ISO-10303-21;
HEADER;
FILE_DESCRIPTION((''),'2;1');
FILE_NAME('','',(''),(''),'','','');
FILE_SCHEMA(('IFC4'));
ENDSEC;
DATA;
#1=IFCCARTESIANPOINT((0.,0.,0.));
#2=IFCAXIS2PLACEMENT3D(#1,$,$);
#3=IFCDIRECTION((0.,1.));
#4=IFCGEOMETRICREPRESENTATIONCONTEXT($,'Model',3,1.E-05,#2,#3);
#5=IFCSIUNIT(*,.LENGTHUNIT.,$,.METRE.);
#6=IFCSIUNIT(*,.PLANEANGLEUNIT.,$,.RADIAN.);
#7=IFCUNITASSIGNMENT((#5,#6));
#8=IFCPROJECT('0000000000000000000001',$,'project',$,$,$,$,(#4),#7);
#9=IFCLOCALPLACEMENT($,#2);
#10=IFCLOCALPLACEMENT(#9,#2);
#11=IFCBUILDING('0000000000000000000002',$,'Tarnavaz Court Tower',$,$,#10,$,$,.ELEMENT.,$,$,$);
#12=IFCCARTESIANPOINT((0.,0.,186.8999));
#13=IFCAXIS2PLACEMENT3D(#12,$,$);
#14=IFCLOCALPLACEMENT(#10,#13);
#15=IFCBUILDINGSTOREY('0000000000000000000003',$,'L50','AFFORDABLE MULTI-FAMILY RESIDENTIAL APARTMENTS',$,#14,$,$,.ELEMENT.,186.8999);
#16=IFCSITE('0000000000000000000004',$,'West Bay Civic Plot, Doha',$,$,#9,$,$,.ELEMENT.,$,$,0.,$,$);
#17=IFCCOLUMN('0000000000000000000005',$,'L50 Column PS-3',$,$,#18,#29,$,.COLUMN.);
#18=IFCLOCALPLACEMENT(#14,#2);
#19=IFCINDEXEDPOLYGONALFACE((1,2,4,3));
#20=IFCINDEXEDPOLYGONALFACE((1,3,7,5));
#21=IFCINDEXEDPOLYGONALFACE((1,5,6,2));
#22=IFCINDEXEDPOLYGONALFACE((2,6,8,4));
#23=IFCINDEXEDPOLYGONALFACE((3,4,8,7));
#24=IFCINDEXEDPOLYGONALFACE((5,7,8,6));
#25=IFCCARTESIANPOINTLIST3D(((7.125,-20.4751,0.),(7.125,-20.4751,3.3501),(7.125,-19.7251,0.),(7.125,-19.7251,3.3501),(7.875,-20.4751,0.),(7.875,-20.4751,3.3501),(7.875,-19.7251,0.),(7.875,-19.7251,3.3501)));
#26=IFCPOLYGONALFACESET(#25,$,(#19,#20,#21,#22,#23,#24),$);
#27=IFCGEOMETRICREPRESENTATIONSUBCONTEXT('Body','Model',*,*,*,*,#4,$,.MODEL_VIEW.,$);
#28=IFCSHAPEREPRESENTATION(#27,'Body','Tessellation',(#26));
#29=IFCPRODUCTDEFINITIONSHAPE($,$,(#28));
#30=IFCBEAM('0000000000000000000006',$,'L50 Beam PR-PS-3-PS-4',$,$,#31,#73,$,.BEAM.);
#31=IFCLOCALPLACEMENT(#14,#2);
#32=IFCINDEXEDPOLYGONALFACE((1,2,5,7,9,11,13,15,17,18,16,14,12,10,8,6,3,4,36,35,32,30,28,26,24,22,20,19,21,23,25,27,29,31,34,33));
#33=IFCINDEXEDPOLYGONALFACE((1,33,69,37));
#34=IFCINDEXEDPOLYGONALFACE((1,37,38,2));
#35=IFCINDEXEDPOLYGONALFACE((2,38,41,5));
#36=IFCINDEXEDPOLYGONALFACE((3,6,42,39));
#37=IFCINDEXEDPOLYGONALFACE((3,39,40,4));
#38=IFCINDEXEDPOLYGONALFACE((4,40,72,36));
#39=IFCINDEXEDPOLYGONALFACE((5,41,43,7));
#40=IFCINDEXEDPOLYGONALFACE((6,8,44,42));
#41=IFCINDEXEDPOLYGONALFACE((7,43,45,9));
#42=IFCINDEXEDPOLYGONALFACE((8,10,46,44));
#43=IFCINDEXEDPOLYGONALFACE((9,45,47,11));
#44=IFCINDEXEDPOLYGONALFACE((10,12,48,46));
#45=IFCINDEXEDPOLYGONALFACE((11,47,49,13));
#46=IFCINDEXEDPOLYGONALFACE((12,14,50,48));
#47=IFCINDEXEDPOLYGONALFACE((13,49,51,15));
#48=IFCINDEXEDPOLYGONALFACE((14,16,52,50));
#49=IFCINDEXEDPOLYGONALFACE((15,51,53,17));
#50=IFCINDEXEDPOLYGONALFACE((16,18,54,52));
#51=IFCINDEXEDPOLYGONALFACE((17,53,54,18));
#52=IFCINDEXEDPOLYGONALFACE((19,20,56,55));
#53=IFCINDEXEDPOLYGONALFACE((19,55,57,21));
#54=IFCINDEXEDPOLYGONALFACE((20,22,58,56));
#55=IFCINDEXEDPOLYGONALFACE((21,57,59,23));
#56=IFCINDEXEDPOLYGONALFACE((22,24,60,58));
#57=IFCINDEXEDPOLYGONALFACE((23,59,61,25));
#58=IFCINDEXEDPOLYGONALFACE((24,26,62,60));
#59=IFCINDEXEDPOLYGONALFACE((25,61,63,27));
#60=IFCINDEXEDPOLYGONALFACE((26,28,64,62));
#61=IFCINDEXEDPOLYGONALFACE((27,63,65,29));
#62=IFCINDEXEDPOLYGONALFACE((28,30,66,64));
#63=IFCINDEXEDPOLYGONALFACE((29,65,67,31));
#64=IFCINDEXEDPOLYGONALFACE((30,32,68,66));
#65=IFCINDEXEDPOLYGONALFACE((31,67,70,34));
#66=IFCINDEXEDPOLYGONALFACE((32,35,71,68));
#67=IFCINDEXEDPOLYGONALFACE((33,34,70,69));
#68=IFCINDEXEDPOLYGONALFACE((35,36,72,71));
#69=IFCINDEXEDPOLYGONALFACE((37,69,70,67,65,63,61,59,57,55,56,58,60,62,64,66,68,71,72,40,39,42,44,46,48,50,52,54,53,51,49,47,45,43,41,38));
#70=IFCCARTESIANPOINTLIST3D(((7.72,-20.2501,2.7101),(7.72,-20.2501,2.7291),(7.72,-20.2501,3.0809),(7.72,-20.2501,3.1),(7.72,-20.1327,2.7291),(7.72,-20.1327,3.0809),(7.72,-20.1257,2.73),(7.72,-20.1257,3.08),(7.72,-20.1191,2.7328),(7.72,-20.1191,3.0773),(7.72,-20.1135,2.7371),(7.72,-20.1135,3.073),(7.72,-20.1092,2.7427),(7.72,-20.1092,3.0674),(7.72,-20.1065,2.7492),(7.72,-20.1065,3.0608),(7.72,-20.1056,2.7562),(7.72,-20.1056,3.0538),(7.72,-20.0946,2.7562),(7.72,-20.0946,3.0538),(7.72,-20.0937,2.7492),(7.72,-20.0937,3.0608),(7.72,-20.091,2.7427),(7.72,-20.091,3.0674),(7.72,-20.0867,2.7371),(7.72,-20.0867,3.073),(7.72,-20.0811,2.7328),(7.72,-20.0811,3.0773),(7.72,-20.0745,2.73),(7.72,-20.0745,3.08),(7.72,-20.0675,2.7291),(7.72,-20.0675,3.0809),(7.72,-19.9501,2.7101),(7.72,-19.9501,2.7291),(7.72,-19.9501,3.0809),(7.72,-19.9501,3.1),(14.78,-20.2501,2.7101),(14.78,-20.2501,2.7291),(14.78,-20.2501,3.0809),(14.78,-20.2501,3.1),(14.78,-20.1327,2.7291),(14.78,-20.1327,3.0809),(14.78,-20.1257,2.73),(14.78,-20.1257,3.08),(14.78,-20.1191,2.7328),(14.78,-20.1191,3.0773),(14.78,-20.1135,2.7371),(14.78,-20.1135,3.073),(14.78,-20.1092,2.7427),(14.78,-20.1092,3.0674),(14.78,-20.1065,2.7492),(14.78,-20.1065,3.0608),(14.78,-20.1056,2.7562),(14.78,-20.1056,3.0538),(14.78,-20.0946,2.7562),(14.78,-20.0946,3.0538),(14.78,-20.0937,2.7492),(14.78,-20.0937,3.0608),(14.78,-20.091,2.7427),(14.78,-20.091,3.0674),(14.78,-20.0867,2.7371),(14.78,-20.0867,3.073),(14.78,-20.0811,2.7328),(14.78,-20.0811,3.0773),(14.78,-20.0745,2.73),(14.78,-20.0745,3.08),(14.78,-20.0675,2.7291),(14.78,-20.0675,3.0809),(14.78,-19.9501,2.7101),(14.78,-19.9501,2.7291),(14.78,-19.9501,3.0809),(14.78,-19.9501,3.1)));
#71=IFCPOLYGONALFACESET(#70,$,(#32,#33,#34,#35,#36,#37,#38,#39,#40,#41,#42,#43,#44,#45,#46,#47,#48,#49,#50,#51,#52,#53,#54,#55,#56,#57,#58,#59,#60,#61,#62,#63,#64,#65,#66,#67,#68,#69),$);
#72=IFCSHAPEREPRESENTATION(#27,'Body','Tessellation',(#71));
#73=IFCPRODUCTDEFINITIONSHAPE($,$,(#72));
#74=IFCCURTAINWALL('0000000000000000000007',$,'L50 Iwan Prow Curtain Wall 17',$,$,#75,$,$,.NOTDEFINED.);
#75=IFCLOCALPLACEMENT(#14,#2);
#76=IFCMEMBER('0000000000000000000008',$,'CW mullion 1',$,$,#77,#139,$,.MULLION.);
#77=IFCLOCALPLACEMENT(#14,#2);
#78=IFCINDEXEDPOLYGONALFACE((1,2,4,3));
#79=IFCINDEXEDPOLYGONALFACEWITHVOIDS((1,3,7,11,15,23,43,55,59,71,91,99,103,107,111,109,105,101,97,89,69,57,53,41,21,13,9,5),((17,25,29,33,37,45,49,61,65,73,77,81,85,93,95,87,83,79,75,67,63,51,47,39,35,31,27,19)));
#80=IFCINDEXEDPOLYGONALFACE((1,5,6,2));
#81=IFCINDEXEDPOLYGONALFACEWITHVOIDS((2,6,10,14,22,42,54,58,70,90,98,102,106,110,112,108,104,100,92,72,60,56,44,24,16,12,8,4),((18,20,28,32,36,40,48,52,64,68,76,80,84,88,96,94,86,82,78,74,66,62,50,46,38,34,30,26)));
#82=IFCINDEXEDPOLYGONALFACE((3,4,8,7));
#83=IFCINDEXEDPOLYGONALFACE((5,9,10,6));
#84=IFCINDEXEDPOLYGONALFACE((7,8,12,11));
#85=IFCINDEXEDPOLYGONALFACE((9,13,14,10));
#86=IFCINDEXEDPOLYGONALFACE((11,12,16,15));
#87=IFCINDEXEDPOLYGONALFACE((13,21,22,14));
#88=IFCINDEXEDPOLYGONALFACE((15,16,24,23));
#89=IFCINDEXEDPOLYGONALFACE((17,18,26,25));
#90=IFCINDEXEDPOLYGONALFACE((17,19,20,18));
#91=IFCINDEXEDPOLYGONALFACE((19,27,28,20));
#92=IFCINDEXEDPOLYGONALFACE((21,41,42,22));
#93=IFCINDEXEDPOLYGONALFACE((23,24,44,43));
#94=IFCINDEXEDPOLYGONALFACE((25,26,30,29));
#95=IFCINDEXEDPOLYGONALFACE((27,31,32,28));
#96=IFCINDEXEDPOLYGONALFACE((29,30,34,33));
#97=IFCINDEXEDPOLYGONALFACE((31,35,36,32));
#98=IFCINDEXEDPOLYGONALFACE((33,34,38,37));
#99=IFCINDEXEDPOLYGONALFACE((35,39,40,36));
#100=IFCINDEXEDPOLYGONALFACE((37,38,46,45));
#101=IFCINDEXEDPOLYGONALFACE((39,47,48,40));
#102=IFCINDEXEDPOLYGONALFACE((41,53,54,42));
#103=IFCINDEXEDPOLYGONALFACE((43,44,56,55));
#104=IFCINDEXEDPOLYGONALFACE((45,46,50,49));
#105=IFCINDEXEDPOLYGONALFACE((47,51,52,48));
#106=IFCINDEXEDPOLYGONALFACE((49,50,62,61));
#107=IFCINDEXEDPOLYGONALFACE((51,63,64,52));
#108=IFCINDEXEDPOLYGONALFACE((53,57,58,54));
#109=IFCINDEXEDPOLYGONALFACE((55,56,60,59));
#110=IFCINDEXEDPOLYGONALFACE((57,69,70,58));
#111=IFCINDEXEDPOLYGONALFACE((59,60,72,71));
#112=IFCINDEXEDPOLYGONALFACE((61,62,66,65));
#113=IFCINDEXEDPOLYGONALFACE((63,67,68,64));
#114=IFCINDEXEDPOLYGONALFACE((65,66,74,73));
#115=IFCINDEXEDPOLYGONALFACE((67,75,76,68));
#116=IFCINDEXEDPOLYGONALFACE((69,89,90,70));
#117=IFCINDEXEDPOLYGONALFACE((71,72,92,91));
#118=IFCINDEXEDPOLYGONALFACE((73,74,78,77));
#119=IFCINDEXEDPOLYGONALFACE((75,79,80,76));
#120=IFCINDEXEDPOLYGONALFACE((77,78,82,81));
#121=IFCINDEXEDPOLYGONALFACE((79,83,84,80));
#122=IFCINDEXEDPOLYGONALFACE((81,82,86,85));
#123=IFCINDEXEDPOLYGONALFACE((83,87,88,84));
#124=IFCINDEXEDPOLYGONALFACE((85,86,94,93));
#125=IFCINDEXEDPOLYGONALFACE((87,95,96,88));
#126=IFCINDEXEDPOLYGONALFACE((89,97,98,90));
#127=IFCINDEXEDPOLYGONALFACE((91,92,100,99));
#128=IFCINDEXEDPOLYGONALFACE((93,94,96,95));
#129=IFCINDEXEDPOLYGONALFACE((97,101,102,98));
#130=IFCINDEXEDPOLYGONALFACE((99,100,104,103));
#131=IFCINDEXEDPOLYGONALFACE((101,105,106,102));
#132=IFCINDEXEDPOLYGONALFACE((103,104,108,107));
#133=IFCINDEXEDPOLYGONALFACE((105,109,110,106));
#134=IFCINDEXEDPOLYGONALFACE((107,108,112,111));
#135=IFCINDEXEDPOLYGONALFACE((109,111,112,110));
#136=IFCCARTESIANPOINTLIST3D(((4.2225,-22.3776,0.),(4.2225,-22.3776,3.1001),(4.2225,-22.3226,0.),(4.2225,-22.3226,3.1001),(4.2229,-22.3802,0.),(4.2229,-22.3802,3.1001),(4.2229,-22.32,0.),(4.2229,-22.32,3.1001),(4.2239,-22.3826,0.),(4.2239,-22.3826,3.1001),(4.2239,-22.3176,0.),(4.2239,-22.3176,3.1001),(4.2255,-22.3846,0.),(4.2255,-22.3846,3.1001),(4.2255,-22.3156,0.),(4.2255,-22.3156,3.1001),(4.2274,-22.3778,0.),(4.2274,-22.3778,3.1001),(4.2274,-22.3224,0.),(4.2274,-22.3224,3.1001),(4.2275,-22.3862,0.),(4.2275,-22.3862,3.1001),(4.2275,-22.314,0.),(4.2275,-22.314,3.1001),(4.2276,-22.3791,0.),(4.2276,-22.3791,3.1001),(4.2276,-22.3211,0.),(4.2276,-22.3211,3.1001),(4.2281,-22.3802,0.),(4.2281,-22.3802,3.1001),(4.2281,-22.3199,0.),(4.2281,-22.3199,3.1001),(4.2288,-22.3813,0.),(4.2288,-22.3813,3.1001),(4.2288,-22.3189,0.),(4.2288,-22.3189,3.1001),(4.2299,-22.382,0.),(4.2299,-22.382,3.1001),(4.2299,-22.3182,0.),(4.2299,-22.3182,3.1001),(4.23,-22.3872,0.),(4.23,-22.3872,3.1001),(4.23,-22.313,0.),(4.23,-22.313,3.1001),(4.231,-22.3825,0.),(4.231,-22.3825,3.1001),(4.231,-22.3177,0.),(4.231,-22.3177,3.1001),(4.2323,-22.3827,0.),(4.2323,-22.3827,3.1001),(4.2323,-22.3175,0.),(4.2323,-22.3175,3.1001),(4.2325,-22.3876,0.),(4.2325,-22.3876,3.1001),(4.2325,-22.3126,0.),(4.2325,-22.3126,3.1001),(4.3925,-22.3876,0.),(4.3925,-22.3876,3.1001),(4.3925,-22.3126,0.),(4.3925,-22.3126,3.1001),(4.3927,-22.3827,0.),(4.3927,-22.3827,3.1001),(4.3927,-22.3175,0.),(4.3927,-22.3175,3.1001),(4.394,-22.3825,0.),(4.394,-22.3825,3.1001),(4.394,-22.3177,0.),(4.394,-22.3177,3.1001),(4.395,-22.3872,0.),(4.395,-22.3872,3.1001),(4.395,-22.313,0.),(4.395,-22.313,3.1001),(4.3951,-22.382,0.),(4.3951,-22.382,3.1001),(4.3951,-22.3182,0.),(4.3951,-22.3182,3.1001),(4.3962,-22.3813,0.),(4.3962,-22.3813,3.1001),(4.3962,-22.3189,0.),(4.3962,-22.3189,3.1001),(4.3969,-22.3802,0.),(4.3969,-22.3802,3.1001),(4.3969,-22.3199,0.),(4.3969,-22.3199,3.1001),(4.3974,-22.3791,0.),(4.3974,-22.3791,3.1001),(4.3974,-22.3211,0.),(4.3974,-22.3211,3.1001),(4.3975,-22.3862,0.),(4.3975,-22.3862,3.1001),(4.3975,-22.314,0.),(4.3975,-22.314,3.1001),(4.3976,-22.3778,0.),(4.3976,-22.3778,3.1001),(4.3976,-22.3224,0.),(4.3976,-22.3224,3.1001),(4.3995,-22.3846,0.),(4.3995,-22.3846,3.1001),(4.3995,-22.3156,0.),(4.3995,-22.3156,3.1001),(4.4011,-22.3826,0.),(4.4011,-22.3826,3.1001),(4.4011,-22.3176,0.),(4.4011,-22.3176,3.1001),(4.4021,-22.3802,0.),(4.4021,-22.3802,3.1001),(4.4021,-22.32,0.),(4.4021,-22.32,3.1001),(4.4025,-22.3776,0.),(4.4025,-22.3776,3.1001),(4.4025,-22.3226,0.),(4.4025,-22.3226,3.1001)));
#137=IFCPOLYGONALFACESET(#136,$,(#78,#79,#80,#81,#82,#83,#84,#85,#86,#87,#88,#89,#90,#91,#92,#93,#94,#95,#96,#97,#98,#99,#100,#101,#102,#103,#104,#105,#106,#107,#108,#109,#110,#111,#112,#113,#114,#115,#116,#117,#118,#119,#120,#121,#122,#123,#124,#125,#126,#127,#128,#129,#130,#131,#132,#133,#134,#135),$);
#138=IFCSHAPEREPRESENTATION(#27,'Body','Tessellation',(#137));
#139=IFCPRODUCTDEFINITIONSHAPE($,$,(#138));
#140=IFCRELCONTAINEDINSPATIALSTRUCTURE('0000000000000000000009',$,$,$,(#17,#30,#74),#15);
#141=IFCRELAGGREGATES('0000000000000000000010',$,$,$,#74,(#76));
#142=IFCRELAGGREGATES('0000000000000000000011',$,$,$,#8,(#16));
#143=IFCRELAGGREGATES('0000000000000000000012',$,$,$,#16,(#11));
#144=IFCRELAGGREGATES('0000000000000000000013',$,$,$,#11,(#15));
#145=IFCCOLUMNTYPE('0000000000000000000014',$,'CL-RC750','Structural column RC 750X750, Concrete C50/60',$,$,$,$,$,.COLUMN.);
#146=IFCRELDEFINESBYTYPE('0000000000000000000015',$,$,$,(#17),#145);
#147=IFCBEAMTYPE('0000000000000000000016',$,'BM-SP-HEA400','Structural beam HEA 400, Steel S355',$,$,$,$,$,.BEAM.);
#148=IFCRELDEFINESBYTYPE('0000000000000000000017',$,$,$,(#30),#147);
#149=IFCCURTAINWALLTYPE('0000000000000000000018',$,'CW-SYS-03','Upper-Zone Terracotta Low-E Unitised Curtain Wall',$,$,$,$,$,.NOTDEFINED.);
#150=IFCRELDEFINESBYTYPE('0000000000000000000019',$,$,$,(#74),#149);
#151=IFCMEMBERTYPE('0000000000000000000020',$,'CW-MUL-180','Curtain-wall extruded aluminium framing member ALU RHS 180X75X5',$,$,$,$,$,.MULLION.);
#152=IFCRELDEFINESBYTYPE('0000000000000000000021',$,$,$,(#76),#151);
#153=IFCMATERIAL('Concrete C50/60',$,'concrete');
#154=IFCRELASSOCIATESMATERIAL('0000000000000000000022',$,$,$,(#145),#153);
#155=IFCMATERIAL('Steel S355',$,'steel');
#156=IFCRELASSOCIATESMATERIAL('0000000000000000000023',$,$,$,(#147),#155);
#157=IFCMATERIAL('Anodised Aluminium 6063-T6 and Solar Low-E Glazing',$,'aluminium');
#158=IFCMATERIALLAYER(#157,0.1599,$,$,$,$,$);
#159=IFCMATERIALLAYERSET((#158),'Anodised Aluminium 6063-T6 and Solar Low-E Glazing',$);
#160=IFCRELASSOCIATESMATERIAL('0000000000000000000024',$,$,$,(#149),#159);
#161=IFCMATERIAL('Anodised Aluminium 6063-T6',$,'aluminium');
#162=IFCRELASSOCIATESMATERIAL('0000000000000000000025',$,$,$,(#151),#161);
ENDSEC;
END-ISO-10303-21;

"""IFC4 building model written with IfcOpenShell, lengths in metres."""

from ifc_helpers import new_model, si_unit, direction, frame, origin, origin_2d, place, context, subcontext, project, spatial, rectangle, hollow_rectangle, i_section, extrude, material, layer, layer_set, material_profile, profile_set, type_object, element, aggregate, save


model = new_model("IFC4")

# Units and contexts
model_context = context("Model", 3, precision=1e-05, world=origin(), true_north=direction((0.0, 1.0)))
body_context = subcontext(model_context, "Body", "Model", "MODEL_VIEW")
ifc_project = project(units=[si_unit("LENGTHUNIT", "METRE"), si_unit("PLANEANGLEUNIT", "RADIAN")], contexts=[model_context])

# Site, building, storey
site_placement = place(None, origin())
site = spatial("IfcSite", under=ifc_project, at=site_placement, Name="West Bay Civic Plot, Doha", CompositionType="ELEMENT", RefElevation=0.0)
building_placement = place(site_placement, origin())
building = spatial("IfcBuilding", under=site, at=building_placement, Name="Tarnavaz Court Tower", CompositionType="ELEMENT")
storey_placement = place(building_placement, frame((0.0, 0.0, 186.8999)))
storey = spatial("IfcBuildingStorey", under=building, at=storey_placement, Name="L50", Description="AFFORDABLE MULTI-FAMILY RESIDENTIAL APARTMENTS", CompositionType="ELEMENT", Elevation=186.8999)

# Column
ifc_material_1 = material(Name="Concrete C50/60", Category="concrete")
ifc_material_profile_1 = material_profile(ifc_material_1, rectangle(XDim=0.75, YDim=0.75, at=origin_2d()), Name="RC 750X750")
ifc_profile_set_1 = profile_set([ifc_material_profile_1], Name="Concrete C50/60")
column_type = type_object("IfcColumnType", Name="CL-RC750", Description="Structural column RC 750X750, Concrete C50/60", PredefinedType="COLUMN", material=ifc_profile_set_1)
column_placement = place(storey_placement, frame((7.5, -20.1001, 0.0), z_axis=(0.0, 0.0, 1.0), x_axis=(1.0, 0.0, 0.0)))
element("IfcColumn", 1, at=column_placement, inside=storey, type_object=column_type, Name="L50 Column PS-3", PredefinedType="COLUMN", context=body_context, shape_type="SweptSolid", body=[
    extrude(rectangle(XDim=0.75, YDim=0.75, at=origin_2d()), origin(), (0.0, 0.0, 1.0), 3.3501),
])

# Beam
ifc_material_2 = material(Name="Steel S355", Category="steel")
ifc_material_profile_2 = material_profile(ifc_material_2, i_section(OverallWidth=0.3, OverallDepth=0.3899, WebThickness=0.011, FlangeThickness=0.019, FilletRadius=0.0271, at=origin_2d()), Name="HEA 400")
ifc_profile_set_2 = profile_set([ifc_material_profile_2], Name="Steel S355")
beam_type = type_object("IfcBeamType", Name="BM-SP-HEA400", Description="Structural beam HEA 400, Steel S355", PredefinedType="BEAM", material=ifc_profile_set_2)
beam_placement = place(storey_placement, frame((7.72, -20.1001, 2.905), z_axis=(1.0, 0.0, 0.0), x_axis=(0.0, 1.0, 0.0)))
element("IfcBeam", 2, at=beam_placement, inside=storey, type_object=beam_type, Name="L50 Beam PR-PS-3-PS-4", PredefinedType="BEAM", context=body_context, shape_type="SweptSolid", body=[
    extrude(i_section(OverallWidth=0.3, OverallDepth=0.3899, WebThickness=0.011, FlangeThickness=0.019, FilletRadius=0.0271, at=origin_2d()), origin(), (0.0, 0.0, 1.0), 7.0601),
])

# Curtain wall, member
ifc_material_3 = material(Name="Anodised Aluminium 6063-T6 and Solar Low-E Glazing", Category="aluminium")
ifc_layer_1 = layer(ifc_material_3, 0.1599)
ifc_layer_set_1 = layer_set([ifc_layer_1], Name="Anodised Aluminium 6063-T6 and Solar Low-E Glazing")
curtain_wall_type = type_object("IfcCurtainWallType", Name="CW-SYS-03", Description="Upper-Zone Terracotta Low-E Unitised Curtain Wall", PredefinedType="NOTDEFINED", material=ifc_layer_set_1)
curtain_wall_placement = place(storey_placement, origin())
curtain_wall = element("IfcCurtainWall", 3, at=curtain_wall_placement, inside=storey, type_object=curtain_wall_type, Name="L50 Iwan Prow Curtain Wall 17", PredefinedType="NOTDEFINED")
ifc_material_4 = material(Name="Anodised Aluminium 6063-T6", Category="aluminium")
ifc_material_profile_3 = material_profile(ifc_material_4, hollow_rectangle(XDim=0.075, YDim=0.1799, WallThickness=0.0049, InnerFilletRadius=0.0049, OuterFilletRadius=0.01, at=origin_2d()), Name="ALU RHS 180X75X5")
ifc_profile_set_3 = profile_set([ifc_material_profile_3], Name="Anodised Aluminium 6063-T6")
member_type_1 = type_object("IfcMemberType", Name="CW-MUL-180", Description="Curtain-wall extruded aluminium framing member ALU RHS 180X75X5", PredefinedType="MULLION", material=ifc_profile_set_3)
member_1_placement = place(storey_placement, frame((4.3125, -22.3501, 0.0), z_axis=(0.0, 0.0, 1.0), x_axis=(0.0, -1.0, 0.0)))
member_1 = element("IfcMember", 4, at=member_1_placement, type_object=member_type_1, Name="CW mullion 1", PredefinedType="MULLION", context=body_context, shape_type="SweptSolid", body=[
    extrude(hollow_rectangle(XDim=0.075, YDim=0.1799, WallThickness=0.0049, InnerFilletRadius=0.0049, OuterFilletRadius=0.01, at=origin_2d()), origin(), (0.0, 0.0, 1.0), 3.1001),
])
aggregate(curtain_wall, [member_1])

save(model, "model.ifc")
